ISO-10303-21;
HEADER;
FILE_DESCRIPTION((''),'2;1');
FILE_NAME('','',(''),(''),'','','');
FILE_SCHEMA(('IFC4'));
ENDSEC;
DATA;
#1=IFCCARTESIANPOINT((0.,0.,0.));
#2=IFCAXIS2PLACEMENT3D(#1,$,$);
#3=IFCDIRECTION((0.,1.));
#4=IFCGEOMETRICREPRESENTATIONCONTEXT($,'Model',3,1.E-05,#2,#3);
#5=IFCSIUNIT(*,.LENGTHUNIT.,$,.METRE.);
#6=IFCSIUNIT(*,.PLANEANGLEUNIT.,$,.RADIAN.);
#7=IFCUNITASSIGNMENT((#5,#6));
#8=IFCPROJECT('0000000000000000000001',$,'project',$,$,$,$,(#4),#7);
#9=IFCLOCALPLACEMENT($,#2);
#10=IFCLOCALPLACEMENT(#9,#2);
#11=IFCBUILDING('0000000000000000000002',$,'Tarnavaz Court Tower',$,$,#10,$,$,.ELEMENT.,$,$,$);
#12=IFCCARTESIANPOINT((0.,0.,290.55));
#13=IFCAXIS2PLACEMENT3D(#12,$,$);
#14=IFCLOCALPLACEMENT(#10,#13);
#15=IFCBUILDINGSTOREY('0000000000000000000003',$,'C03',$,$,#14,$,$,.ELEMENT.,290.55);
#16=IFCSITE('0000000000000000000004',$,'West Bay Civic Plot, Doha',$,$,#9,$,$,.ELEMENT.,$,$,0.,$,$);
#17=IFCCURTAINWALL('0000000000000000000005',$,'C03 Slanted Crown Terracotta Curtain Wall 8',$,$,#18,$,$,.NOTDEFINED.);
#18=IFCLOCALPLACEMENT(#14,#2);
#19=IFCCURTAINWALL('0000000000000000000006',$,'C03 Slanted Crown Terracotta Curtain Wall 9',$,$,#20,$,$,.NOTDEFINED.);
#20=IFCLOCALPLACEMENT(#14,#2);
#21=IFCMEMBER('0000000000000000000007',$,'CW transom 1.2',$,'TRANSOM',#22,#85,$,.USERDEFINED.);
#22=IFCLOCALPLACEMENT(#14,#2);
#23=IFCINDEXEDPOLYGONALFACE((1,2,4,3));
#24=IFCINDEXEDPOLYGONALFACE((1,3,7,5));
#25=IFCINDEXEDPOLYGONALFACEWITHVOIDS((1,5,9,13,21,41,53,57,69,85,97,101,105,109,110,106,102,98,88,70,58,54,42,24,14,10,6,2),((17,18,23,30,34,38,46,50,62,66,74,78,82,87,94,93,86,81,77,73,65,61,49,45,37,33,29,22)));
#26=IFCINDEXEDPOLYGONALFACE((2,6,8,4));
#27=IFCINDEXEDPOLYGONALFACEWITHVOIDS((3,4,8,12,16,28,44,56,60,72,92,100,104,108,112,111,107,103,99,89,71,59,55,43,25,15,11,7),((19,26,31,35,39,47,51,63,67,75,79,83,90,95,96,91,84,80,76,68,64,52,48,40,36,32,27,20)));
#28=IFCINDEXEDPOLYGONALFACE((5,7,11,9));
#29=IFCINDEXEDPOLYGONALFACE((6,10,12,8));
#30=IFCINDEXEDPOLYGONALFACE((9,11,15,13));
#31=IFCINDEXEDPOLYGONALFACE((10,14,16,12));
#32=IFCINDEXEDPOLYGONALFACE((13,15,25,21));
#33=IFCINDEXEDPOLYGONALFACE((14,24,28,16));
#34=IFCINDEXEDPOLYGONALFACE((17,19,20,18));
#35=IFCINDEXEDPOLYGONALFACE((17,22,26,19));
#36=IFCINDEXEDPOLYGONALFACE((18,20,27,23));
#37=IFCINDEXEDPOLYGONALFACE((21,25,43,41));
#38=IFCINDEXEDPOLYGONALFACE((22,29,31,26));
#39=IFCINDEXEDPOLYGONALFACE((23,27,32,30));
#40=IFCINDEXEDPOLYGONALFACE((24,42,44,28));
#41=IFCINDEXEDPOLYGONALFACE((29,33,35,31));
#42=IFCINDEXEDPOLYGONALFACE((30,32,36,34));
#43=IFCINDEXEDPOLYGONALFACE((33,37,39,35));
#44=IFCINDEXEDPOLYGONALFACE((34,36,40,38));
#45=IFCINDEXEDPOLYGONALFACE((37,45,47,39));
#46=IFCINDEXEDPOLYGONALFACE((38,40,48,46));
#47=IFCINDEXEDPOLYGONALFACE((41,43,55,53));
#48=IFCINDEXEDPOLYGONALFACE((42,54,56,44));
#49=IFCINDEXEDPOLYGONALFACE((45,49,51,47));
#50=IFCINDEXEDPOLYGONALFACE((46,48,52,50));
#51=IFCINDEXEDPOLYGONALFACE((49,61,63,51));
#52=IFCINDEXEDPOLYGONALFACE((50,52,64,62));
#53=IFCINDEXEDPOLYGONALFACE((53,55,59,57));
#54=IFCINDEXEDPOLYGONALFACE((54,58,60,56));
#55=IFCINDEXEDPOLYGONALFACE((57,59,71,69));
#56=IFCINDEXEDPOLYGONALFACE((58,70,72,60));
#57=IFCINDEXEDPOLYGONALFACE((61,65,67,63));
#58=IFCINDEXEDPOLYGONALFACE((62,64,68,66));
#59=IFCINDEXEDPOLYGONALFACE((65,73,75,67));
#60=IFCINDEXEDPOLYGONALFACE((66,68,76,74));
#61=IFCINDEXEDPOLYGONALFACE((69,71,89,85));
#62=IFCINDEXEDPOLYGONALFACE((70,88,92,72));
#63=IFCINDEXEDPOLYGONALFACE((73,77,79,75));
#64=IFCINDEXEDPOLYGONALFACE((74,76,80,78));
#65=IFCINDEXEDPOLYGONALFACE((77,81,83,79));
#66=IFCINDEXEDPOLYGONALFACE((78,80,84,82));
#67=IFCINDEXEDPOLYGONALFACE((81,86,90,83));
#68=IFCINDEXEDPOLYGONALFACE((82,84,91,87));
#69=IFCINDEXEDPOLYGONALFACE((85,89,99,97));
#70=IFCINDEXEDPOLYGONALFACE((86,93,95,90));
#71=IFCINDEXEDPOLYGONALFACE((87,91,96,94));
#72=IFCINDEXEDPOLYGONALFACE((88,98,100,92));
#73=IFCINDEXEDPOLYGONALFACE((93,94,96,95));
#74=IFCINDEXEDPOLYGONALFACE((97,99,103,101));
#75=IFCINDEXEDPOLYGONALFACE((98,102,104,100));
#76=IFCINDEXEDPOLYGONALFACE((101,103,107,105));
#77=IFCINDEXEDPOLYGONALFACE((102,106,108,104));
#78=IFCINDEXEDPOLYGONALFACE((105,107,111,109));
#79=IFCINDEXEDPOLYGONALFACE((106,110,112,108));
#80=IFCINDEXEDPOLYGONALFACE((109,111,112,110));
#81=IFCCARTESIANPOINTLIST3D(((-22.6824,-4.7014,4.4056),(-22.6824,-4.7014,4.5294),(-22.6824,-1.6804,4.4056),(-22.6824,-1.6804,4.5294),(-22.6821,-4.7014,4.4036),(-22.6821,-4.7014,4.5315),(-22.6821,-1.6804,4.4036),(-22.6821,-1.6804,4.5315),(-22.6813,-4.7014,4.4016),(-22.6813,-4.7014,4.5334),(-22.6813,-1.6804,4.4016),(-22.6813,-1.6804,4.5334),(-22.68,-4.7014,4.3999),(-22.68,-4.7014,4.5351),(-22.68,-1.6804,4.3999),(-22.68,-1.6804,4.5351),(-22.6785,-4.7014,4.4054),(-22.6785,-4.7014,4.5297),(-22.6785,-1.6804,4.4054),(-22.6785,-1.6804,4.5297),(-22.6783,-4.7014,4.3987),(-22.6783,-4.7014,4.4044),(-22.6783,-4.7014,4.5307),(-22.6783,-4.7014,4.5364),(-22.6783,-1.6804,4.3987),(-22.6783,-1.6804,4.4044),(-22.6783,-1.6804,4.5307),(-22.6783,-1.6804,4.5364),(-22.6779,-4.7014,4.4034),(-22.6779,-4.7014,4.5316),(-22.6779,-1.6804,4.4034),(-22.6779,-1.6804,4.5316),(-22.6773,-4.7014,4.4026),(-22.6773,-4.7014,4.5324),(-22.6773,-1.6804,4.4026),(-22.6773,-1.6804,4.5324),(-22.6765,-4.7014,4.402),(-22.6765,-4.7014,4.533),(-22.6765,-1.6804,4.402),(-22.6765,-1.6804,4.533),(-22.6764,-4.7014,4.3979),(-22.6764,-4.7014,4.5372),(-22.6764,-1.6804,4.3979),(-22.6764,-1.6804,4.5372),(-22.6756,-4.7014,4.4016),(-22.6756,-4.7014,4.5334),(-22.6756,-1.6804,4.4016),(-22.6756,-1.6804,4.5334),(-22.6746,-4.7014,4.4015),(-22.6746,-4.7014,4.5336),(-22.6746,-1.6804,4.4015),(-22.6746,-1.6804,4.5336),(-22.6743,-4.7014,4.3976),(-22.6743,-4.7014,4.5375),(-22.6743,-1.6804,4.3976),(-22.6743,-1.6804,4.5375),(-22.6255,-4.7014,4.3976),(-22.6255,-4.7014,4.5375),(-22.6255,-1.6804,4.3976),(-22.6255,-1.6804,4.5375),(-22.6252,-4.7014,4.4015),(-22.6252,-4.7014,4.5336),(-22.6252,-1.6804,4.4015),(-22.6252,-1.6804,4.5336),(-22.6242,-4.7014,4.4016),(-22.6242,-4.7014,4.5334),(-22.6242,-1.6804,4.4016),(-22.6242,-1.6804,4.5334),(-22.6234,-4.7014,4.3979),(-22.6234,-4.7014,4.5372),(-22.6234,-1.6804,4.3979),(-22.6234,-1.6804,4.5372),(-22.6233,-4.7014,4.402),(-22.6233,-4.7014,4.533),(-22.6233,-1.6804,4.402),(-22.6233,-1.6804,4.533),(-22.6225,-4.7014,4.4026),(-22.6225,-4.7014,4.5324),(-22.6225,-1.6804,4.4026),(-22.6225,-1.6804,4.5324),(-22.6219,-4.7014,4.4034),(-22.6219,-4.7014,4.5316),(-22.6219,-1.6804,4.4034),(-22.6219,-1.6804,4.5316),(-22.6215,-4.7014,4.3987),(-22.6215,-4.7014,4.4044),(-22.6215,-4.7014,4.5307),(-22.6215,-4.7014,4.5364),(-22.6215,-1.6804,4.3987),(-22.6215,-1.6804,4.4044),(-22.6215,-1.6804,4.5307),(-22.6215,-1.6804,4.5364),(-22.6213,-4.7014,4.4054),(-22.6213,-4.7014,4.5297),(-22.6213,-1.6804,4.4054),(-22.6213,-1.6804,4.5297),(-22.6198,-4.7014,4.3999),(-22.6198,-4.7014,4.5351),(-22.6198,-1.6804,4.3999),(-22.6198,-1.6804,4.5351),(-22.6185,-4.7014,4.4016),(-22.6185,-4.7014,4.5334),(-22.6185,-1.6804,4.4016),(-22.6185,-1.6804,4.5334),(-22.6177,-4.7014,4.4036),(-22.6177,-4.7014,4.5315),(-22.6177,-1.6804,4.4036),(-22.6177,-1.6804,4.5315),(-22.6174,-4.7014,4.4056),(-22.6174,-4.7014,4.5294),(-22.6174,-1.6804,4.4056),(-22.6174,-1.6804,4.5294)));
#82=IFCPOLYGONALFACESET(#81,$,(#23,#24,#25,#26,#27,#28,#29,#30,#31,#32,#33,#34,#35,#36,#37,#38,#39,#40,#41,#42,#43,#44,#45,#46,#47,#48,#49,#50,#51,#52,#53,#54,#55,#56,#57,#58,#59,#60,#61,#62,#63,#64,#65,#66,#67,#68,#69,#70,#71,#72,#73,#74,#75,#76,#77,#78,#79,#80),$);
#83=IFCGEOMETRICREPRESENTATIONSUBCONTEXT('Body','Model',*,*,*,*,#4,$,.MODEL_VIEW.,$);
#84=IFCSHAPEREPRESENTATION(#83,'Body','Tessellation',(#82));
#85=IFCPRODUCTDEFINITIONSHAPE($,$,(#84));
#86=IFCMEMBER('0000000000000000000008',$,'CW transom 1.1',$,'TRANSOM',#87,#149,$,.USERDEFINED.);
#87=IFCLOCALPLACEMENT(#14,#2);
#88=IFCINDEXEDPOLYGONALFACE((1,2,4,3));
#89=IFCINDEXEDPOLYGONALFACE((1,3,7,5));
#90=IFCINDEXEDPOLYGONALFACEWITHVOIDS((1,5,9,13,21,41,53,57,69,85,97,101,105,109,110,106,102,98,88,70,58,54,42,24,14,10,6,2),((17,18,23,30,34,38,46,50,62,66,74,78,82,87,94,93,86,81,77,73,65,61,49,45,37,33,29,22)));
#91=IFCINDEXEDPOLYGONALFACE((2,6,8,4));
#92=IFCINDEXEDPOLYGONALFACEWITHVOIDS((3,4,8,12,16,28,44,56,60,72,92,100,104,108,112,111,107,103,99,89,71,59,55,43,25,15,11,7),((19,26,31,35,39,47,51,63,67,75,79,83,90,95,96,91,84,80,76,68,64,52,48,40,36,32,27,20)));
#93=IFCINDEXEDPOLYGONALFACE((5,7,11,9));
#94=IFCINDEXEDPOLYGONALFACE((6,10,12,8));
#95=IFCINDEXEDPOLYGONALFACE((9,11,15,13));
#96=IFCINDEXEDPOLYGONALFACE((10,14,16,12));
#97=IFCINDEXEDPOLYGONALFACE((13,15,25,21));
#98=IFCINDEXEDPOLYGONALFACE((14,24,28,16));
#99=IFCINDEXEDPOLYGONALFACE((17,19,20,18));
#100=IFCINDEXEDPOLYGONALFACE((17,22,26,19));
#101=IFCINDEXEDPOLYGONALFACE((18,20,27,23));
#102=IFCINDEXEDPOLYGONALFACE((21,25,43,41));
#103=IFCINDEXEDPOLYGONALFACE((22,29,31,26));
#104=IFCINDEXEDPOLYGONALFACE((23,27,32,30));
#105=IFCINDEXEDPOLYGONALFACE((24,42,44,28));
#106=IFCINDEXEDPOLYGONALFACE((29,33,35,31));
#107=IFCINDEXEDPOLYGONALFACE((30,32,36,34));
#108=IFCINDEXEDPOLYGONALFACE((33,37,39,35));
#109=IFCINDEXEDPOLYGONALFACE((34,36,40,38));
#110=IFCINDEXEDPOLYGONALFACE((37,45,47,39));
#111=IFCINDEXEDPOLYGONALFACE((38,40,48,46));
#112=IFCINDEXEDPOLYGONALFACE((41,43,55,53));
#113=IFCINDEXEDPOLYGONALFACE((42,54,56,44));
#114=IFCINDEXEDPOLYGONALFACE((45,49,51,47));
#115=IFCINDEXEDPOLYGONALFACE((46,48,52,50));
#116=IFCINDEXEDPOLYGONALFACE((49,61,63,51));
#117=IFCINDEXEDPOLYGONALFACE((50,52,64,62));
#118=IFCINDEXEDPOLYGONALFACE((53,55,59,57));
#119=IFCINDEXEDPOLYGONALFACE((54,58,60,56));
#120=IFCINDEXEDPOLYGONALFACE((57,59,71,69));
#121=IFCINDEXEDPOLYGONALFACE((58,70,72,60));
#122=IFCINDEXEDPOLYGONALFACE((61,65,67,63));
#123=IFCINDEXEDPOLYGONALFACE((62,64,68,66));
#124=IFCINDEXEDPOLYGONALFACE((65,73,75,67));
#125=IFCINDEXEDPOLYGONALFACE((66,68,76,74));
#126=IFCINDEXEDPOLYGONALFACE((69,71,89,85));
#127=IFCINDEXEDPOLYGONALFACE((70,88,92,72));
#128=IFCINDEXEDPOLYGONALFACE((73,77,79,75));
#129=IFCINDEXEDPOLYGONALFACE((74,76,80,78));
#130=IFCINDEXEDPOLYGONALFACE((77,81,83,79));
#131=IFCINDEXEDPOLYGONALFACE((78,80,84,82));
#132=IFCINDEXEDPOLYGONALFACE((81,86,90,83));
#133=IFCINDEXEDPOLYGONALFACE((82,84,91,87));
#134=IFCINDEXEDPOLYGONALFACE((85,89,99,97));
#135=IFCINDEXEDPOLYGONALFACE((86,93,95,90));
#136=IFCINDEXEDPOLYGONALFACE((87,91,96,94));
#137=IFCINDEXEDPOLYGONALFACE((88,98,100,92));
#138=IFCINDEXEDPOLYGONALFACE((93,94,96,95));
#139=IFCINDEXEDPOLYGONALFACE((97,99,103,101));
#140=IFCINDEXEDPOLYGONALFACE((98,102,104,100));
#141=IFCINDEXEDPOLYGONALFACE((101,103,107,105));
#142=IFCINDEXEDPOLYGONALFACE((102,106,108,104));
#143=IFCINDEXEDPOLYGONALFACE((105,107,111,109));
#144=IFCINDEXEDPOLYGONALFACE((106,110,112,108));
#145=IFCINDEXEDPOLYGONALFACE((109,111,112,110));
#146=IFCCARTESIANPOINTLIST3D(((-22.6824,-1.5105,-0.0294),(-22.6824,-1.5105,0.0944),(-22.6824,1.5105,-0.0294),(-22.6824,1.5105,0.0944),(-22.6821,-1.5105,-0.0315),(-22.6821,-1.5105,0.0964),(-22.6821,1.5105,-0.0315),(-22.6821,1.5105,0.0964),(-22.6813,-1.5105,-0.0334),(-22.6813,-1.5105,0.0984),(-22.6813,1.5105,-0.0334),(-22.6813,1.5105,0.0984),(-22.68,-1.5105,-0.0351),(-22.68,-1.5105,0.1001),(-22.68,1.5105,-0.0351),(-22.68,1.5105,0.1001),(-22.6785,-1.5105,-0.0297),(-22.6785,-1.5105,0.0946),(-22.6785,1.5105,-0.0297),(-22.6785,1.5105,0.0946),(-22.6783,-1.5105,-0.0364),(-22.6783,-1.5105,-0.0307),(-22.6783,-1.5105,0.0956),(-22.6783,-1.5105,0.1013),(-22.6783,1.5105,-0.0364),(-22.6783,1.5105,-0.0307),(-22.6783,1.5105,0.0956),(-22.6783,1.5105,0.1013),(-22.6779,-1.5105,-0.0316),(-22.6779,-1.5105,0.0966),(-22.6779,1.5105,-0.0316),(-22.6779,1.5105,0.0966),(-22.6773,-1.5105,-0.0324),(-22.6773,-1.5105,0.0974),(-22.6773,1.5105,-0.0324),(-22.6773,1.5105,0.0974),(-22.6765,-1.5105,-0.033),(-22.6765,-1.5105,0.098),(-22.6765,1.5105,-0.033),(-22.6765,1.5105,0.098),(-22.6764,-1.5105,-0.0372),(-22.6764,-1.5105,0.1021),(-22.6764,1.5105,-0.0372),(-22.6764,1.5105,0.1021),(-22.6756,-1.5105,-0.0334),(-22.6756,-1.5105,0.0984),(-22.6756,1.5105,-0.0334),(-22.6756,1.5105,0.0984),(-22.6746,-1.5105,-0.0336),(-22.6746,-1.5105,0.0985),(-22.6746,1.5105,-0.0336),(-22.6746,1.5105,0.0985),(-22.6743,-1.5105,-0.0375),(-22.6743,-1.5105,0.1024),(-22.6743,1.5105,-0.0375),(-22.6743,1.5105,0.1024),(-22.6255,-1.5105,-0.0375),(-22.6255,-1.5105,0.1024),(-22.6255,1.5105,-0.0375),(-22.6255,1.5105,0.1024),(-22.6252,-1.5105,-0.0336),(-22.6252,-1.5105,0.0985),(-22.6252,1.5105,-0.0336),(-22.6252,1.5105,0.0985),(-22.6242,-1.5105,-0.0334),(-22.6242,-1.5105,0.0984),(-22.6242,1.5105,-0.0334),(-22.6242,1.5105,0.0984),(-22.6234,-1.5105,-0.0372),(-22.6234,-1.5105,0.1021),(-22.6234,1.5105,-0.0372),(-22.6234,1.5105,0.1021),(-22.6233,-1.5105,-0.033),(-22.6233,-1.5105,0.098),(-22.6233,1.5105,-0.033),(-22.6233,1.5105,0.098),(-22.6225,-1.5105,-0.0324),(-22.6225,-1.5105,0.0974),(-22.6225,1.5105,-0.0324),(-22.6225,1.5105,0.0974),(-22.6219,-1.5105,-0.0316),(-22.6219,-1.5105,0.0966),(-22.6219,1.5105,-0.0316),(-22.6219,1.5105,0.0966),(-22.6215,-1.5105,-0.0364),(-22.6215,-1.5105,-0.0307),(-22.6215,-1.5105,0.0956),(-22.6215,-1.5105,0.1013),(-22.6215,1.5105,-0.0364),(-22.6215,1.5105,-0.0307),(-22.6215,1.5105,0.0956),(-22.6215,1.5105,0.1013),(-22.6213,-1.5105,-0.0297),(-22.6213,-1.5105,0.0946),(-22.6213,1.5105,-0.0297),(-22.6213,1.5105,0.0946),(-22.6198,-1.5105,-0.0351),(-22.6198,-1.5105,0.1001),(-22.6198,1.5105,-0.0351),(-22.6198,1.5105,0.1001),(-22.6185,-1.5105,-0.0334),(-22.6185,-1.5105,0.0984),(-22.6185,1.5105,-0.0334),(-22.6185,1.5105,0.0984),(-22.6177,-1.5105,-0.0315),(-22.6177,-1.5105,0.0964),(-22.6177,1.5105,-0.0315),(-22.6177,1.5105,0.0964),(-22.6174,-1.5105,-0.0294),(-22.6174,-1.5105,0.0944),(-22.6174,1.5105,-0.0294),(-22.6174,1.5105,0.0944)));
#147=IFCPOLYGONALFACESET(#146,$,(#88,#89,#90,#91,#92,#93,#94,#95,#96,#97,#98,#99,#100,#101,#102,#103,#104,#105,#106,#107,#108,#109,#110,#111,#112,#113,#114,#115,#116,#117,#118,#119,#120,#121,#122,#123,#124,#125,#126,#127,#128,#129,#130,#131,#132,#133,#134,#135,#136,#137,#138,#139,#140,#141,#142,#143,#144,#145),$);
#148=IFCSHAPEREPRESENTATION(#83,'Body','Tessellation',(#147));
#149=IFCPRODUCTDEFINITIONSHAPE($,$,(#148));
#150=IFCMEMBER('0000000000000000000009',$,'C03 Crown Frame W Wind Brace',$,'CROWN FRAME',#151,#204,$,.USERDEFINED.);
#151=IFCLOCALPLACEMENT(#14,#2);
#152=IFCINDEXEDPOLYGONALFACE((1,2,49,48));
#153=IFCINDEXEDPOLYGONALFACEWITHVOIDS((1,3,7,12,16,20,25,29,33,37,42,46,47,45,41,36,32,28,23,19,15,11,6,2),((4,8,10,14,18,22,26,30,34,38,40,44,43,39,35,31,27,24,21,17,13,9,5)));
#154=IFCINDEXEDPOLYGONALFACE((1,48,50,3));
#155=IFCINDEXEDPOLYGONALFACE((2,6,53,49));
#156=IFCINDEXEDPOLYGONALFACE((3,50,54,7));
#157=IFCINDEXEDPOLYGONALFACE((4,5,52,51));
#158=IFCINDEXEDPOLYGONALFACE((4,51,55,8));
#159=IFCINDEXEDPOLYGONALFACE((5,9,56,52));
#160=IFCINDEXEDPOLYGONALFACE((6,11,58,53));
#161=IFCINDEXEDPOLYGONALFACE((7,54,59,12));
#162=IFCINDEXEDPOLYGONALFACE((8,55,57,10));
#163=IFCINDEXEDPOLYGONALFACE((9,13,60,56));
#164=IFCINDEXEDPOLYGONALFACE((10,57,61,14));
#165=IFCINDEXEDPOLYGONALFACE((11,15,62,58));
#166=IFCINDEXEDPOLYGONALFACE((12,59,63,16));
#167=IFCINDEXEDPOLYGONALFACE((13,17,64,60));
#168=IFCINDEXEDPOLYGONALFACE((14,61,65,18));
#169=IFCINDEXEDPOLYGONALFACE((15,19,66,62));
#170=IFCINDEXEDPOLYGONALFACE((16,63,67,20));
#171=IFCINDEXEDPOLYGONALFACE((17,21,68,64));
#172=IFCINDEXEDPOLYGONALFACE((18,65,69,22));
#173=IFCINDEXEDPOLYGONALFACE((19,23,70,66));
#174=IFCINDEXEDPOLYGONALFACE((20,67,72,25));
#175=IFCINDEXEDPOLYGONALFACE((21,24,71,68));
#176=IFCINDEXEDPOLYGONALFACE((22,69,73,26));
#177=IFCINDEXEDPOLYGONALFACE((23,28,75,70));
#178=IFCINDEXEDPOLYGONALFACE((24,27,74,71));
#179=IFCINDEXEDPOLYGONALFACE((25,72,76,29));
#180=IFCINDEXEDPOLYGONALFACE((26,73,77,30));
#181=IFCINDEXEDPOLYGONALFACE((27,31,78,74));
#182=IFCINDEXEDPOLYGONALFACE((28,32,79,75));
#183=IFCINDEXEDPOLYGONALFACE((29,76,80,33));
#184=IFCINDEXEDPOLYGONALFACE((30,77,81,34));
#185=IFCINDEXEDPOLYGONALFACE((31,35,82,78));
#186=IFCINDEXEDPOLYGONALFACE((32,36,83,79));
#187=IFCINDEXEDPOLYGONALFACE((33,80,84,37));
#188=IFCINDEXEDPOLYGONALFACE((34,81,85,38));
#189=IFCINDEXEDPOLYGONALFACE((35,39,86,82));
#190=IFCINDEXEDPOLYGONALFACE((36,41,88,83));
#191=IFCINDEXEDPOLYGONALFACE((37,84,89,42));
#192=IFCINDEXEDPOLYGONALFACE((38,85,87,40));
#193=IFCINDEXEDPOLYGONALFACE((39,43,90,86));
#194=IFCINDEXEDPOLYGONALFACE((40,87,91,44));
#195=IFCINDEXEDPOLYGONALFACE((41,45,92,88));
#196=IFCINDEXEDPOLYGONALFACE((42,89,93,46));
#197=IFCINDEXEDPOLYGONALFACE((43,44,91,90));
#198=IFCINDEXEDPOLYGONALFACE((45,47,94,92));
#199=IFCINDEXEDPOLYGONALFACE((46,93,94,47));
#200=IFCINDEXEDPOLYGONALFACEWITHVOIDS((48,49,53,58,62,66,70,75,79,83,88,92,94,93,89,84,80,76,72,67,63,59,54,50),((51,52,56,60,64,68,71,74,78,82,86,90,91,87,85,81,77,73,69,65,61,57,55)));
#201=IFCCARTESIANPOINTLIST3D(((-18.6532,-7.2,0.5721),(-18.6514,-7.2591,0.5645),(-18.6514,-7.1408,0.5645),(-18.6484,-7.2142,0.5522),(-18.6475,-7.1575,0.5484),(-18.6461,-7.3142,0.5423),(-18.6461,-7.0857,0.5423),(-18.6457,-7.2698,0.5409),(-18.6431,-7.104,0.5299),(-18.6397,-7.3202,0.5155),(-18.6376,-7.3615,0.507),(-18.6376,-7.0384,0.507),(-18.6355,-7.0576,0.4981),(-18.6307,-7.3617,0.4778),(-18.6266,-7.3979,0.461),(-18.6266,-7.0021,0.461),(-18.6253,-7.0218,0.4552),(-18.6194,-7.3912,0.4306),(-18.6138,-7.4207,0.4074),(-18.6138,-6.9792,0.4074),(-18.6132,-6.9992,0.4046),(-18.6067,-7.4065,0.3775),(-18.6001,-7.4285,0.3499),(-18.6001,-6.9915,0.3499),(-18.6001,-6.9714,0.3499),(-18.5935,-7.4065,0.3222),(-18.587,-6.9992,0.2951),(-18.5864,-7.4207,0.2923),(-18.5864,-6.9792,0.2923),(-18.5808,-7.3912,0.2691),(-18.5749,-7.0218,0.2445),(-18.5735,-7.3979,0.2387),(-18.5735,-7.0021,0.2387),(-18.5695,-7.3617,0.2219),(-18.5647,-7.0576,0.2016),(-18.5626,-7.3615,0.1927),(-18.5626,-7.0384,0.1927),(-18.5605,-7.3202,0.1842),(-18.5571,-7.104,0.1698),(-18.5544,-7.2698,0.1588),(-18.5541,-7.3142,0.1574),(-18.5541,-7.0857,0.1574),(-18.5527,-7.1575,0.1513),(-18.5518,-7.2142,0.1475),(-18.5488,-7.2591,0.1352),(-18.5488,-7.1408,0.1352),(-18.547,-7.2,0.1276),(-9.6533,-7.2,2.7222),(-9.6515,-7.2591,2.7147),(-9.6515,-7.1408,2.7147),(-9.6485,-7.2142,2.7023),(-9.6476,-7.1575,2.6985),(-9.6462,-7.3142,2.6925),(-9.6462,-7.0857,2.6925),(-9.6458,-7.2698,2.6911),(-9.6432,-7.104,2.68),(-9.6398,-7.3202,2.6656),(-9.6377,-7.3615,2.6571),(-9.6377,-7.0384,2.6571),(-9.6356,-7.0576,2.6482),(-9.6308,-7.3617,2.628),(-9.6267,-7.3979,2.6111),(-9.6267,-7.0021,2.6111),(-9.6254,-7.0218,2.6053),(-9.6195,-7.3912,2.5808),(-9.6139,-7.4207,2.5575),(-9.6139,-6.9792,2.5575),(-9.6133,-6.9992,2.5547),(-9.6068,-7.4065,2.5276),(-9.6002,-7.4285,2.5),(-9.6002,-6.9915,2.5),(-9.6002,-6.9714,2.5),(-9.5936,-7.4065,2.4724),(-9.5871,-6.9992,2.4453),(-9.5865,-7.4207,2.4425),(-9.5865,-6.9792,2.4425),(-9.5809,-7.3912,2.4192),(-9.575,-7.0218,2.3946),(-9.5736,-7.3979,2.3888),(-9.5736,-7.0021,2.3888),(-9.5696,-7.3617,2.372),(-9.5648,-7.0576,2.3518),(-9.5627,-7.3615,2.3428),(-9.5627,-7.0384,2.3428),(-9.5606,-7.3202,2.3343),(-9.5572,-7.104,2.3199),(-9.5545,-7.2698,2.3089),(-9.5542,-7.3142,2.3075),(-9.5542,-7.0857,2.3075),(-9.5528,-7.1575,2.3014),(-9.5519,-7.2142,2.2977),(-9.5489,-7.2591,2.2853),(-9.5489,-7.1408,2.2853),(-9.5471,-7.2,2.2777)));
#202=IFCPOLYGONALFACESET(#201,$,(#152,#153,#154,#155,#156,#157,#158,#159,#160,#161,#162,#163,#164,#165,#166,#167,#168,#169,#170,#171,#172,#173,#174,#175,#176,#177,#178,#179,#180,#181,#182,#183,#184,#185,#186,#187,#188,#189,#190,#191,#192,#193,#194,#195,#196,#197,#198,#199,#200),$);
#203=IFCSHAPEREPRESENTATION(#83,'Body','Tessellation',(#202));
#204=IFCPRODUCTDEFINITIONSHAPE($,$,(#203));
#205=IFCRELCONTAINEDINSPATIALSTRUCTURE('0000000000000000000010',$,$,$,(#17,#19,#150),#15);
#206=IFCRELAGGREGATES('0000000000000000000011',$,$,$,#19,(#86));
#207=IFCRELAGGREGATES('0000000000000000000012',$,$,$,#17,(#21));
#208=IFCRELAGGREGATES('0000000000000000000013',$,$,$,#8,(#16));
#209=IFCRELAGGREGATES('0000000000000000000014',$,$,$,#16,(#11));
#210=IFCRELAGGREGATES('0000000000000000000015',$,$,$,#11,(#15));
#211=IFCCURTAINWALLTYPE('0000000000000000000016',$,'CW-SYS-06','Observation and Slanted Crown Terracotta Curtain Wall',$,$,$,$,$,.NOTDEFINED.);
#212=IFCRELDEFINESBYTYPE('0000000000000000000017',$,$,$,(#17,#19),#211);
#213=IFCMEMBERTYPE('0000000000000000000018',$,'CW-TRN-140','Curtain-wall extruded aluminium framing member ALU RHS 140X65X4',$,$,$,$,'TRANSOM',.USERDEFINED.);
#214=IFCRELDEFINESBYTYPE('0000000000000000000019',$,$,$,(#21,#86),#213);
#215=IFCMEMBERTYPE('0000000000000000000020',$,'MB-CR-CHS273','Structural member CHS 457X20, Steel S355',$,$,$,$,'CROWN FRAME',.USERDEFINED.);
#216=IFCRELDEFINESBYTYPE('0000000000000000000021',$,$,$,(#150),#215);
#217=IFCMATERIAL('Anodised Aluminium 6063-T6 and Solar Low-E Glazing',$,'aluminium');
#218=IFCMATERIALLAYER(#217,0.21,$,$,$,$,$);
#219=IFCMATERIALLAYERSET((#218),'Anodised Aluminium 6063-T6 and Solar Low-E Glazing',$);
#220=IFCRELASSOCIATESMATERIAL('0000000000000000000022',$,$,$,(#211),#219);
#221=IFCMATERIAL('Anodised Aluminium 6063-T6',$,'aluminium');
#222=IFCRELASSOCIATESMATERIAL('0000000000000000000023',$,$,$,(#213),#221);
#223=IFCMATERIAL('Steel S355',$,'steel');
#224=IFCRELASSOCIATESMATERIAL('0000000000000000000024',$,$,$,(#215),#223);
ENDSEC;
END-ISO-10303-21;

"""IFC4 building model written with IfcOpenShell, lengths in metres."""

from ifc_helpers import new_model, si_unit, direction, frame, origin, origin_2d, place, context, subcontext, project, spatial, hollow_rectangle, hollow_circle, extrude, material, layer, layer_set, material_profile, profile_set, type_object, element, aggregate, save


model = new_model("IFC4")

# Units and contexts
model_context = context("Model", 3, precision=1e-05, world=origin(), true_north=direction((0.0, 1.0)))
body_context = subcontext(model_context, "Body", "Model", "MODEL_VIEW")
ifc_project = project(units=[si_unit("LENGTHUNIT", "METRE"), si_unit("PLANEANGLEUNIT", "RADIAN")], contexts=[model_context])

# Site, building, storey
site_placement = place(None, origin())
site = spatial("IfcSite", under=ifc_project, at=site_placement, Name="West Bay Civic Plot, Doha", CompositionType="ELEMENT", RefElevation=0.0)
building_placement = place(site_placement, origin())
building = spatial("IfcBuilding", under=site, at=building_placement, Name="Tarnavaz Court Tower", CompositionType="ELEMENT")
storey_placement = place(building_placement, frame((0.0, 0.0, 290.55)))
storey = spatial("IfcBuildingStorey", under=building, at=storey_placement, Name="C03", CompositionType="ELEMENT", Elevation=290.55)

# Shared definitions
ifc_material_1 = material(Name="Steel S355", Category="steel")

# Curtain wall
ifc_material_2 = material(Name="Anodised Aluminium 6063-T6 and Solar Low-E Glazing", Category="aluminium")
ifc_layer_1 = layer(ifc_material_2, 0.21)
ifc_layer_set_1 = layer_set([ifc_layer_1], Name="Anodised Aluminium 6063-T6 and Solar Low-E Glazing")
curtain_wall_type = type_object("IfcCurtainWallType", Name="CW-SYS-06", Description="Observation and Slanted Crown Terracotta Curtain Wall", PredefinedType="NOTDEFINED", material=ifc_layer_set_1)
ifc_material_3 = material(Name="Anodised Aluminium 6063-T6", Category="aluminium")
curtain_wall_1_placement = place(storey_placement, origin())
curtain_wall_1 = element("IfcCurtainWall", 1, at=curtain_wall_1_placement, inside=storey, type_object=curtain_wall_type, Name="C03 Slanted Crown Terracotta Curtain Wall 8", PredefinedType="NOTDEFINED")

# Curtain wall
curtain_wall_2_placement = place(storey_placement, origin())
curtain_wall_2 = element("IfcCurtainWall", 2, at=curtain_wall_2_placement, inside=storey, type_object=curtain_wall_type, Name="C03 Slanted Crown Terracotta Curtain Wall 9", PredefinedType="NOTDEFINED")

# Members
ifc_material_profile_1 = material_profile(ifc_material_3, hollow_rectangle(XDim=0.0649, YDim=0.1399, WallThickness=0.0039, InnerFilletRadius=0.0039, OuterFilletRadius=0.0081, at=origin_2d()), Name="ALU RHS 140X65X4")
ifc_profile_set_1 = profile_set([ifc_material_profile_1], Name="Anodised Aluminium 6063-T6")
member_type_1 = type_object("IfcMemberType", Name="CW-TRN-140", Description="Curtain-wall extruded aluminium framing member ALU RHS 140X65X4", ElementType="TRANSOM", PredefinedType="USERDEFINED", material=ifc_profile_set_1)
member_1_placement = place(storey_placement, frame((-22.6499, -4.7014, 4.4675), z_axis=(0.0, 1.0, 0.0), x_axis=(-1.0, 0.0, 0.0)))
member_1 = element("IfcMember", 3, at=member_1_placement, type_object=member_type_1, Name="CW transom 1.2", ObjectType="TRANSOM", PredefinedType="USERDEFINED", context=body_context, shape_type="SweptSolid", body=[
    extrude(hollow_rectangle(XDim=0.0649, YDim=0.1399, WallThickness=0.0039, InnerFilletRadius=0.0039, OuterFilletRadius=0.0081, at=origin_2d()), origin(), (0.0, 0.0, 1.0), 3.021),
])
member_2_placement = place(storey_placement, frame((-22.6499, -1.5105, 0.0325), z_axis=(0.0, 1.0, 0.0), x_axis=(-1.0, 0.0, 0.0)))
member_2 = element("IfcMember", 4, at=member_2_placement, type_object=member_type_1, Name="CW transom 1.1", ObjectType="TRANSOM", PredefinedType="USERDEFINED", context=body_context, shape_type="SweptSolid", body=[
    extrude(hollow_rectangle(XDim=0.0649, YDim=0.1399, WallThickness=0.0039, InnerFilletRadius=0.0039, OuterFilletRadius=0.0081, at=origin_2d()), origin(), (0.0, 0.0, 1.0), 3.021),
])
aggregate(curtain_wall_2, [member_2])
ifc_material_profile_2 = material_profile(ifc_material_1, hollow_circle(Radius=0.2285, WallThickness=0.02, at=origin_2d()), Name="CHS 457X20")
ifc_profile_set_2 = profile_set([ifc_material_profile_2], Name="Steel S355")
member_type_2 = type_object("IfcMemberType", Name="MB-CR-CHS273", Description="Structural member CHS 457X20, Steel S355", ElementType="CROWN FRAME", PredefinedType="USERDEFINED", material=ifc_profile_set_2)
member_3_placement = place(storey_placement, frame((-18.6001, -7.2, 0.3499), z_axis=(0.972628, 0.0, 0.232366), x_axis=(0.0, 1.0, 0.0)))
element("IfcMember", 5, at=member_3_placement, inside=storey, type_object=member_type_2, Name="C03 Crown Frame W Wind Brace", ObjectType="CROWN FRAME", PredefinedType="USERDEFINED", context=body_context, shape_type="SweptSolid", body=[
    extrude(hollow_circle(Radius=0.2285, WallThickness=0.02, at=origin_2d()), origin(), (0.0, 0.0, 1.0), 9.2532),
])

aggregate(curtain_wall_1, [member_1])

save(model, "model.ifc")
